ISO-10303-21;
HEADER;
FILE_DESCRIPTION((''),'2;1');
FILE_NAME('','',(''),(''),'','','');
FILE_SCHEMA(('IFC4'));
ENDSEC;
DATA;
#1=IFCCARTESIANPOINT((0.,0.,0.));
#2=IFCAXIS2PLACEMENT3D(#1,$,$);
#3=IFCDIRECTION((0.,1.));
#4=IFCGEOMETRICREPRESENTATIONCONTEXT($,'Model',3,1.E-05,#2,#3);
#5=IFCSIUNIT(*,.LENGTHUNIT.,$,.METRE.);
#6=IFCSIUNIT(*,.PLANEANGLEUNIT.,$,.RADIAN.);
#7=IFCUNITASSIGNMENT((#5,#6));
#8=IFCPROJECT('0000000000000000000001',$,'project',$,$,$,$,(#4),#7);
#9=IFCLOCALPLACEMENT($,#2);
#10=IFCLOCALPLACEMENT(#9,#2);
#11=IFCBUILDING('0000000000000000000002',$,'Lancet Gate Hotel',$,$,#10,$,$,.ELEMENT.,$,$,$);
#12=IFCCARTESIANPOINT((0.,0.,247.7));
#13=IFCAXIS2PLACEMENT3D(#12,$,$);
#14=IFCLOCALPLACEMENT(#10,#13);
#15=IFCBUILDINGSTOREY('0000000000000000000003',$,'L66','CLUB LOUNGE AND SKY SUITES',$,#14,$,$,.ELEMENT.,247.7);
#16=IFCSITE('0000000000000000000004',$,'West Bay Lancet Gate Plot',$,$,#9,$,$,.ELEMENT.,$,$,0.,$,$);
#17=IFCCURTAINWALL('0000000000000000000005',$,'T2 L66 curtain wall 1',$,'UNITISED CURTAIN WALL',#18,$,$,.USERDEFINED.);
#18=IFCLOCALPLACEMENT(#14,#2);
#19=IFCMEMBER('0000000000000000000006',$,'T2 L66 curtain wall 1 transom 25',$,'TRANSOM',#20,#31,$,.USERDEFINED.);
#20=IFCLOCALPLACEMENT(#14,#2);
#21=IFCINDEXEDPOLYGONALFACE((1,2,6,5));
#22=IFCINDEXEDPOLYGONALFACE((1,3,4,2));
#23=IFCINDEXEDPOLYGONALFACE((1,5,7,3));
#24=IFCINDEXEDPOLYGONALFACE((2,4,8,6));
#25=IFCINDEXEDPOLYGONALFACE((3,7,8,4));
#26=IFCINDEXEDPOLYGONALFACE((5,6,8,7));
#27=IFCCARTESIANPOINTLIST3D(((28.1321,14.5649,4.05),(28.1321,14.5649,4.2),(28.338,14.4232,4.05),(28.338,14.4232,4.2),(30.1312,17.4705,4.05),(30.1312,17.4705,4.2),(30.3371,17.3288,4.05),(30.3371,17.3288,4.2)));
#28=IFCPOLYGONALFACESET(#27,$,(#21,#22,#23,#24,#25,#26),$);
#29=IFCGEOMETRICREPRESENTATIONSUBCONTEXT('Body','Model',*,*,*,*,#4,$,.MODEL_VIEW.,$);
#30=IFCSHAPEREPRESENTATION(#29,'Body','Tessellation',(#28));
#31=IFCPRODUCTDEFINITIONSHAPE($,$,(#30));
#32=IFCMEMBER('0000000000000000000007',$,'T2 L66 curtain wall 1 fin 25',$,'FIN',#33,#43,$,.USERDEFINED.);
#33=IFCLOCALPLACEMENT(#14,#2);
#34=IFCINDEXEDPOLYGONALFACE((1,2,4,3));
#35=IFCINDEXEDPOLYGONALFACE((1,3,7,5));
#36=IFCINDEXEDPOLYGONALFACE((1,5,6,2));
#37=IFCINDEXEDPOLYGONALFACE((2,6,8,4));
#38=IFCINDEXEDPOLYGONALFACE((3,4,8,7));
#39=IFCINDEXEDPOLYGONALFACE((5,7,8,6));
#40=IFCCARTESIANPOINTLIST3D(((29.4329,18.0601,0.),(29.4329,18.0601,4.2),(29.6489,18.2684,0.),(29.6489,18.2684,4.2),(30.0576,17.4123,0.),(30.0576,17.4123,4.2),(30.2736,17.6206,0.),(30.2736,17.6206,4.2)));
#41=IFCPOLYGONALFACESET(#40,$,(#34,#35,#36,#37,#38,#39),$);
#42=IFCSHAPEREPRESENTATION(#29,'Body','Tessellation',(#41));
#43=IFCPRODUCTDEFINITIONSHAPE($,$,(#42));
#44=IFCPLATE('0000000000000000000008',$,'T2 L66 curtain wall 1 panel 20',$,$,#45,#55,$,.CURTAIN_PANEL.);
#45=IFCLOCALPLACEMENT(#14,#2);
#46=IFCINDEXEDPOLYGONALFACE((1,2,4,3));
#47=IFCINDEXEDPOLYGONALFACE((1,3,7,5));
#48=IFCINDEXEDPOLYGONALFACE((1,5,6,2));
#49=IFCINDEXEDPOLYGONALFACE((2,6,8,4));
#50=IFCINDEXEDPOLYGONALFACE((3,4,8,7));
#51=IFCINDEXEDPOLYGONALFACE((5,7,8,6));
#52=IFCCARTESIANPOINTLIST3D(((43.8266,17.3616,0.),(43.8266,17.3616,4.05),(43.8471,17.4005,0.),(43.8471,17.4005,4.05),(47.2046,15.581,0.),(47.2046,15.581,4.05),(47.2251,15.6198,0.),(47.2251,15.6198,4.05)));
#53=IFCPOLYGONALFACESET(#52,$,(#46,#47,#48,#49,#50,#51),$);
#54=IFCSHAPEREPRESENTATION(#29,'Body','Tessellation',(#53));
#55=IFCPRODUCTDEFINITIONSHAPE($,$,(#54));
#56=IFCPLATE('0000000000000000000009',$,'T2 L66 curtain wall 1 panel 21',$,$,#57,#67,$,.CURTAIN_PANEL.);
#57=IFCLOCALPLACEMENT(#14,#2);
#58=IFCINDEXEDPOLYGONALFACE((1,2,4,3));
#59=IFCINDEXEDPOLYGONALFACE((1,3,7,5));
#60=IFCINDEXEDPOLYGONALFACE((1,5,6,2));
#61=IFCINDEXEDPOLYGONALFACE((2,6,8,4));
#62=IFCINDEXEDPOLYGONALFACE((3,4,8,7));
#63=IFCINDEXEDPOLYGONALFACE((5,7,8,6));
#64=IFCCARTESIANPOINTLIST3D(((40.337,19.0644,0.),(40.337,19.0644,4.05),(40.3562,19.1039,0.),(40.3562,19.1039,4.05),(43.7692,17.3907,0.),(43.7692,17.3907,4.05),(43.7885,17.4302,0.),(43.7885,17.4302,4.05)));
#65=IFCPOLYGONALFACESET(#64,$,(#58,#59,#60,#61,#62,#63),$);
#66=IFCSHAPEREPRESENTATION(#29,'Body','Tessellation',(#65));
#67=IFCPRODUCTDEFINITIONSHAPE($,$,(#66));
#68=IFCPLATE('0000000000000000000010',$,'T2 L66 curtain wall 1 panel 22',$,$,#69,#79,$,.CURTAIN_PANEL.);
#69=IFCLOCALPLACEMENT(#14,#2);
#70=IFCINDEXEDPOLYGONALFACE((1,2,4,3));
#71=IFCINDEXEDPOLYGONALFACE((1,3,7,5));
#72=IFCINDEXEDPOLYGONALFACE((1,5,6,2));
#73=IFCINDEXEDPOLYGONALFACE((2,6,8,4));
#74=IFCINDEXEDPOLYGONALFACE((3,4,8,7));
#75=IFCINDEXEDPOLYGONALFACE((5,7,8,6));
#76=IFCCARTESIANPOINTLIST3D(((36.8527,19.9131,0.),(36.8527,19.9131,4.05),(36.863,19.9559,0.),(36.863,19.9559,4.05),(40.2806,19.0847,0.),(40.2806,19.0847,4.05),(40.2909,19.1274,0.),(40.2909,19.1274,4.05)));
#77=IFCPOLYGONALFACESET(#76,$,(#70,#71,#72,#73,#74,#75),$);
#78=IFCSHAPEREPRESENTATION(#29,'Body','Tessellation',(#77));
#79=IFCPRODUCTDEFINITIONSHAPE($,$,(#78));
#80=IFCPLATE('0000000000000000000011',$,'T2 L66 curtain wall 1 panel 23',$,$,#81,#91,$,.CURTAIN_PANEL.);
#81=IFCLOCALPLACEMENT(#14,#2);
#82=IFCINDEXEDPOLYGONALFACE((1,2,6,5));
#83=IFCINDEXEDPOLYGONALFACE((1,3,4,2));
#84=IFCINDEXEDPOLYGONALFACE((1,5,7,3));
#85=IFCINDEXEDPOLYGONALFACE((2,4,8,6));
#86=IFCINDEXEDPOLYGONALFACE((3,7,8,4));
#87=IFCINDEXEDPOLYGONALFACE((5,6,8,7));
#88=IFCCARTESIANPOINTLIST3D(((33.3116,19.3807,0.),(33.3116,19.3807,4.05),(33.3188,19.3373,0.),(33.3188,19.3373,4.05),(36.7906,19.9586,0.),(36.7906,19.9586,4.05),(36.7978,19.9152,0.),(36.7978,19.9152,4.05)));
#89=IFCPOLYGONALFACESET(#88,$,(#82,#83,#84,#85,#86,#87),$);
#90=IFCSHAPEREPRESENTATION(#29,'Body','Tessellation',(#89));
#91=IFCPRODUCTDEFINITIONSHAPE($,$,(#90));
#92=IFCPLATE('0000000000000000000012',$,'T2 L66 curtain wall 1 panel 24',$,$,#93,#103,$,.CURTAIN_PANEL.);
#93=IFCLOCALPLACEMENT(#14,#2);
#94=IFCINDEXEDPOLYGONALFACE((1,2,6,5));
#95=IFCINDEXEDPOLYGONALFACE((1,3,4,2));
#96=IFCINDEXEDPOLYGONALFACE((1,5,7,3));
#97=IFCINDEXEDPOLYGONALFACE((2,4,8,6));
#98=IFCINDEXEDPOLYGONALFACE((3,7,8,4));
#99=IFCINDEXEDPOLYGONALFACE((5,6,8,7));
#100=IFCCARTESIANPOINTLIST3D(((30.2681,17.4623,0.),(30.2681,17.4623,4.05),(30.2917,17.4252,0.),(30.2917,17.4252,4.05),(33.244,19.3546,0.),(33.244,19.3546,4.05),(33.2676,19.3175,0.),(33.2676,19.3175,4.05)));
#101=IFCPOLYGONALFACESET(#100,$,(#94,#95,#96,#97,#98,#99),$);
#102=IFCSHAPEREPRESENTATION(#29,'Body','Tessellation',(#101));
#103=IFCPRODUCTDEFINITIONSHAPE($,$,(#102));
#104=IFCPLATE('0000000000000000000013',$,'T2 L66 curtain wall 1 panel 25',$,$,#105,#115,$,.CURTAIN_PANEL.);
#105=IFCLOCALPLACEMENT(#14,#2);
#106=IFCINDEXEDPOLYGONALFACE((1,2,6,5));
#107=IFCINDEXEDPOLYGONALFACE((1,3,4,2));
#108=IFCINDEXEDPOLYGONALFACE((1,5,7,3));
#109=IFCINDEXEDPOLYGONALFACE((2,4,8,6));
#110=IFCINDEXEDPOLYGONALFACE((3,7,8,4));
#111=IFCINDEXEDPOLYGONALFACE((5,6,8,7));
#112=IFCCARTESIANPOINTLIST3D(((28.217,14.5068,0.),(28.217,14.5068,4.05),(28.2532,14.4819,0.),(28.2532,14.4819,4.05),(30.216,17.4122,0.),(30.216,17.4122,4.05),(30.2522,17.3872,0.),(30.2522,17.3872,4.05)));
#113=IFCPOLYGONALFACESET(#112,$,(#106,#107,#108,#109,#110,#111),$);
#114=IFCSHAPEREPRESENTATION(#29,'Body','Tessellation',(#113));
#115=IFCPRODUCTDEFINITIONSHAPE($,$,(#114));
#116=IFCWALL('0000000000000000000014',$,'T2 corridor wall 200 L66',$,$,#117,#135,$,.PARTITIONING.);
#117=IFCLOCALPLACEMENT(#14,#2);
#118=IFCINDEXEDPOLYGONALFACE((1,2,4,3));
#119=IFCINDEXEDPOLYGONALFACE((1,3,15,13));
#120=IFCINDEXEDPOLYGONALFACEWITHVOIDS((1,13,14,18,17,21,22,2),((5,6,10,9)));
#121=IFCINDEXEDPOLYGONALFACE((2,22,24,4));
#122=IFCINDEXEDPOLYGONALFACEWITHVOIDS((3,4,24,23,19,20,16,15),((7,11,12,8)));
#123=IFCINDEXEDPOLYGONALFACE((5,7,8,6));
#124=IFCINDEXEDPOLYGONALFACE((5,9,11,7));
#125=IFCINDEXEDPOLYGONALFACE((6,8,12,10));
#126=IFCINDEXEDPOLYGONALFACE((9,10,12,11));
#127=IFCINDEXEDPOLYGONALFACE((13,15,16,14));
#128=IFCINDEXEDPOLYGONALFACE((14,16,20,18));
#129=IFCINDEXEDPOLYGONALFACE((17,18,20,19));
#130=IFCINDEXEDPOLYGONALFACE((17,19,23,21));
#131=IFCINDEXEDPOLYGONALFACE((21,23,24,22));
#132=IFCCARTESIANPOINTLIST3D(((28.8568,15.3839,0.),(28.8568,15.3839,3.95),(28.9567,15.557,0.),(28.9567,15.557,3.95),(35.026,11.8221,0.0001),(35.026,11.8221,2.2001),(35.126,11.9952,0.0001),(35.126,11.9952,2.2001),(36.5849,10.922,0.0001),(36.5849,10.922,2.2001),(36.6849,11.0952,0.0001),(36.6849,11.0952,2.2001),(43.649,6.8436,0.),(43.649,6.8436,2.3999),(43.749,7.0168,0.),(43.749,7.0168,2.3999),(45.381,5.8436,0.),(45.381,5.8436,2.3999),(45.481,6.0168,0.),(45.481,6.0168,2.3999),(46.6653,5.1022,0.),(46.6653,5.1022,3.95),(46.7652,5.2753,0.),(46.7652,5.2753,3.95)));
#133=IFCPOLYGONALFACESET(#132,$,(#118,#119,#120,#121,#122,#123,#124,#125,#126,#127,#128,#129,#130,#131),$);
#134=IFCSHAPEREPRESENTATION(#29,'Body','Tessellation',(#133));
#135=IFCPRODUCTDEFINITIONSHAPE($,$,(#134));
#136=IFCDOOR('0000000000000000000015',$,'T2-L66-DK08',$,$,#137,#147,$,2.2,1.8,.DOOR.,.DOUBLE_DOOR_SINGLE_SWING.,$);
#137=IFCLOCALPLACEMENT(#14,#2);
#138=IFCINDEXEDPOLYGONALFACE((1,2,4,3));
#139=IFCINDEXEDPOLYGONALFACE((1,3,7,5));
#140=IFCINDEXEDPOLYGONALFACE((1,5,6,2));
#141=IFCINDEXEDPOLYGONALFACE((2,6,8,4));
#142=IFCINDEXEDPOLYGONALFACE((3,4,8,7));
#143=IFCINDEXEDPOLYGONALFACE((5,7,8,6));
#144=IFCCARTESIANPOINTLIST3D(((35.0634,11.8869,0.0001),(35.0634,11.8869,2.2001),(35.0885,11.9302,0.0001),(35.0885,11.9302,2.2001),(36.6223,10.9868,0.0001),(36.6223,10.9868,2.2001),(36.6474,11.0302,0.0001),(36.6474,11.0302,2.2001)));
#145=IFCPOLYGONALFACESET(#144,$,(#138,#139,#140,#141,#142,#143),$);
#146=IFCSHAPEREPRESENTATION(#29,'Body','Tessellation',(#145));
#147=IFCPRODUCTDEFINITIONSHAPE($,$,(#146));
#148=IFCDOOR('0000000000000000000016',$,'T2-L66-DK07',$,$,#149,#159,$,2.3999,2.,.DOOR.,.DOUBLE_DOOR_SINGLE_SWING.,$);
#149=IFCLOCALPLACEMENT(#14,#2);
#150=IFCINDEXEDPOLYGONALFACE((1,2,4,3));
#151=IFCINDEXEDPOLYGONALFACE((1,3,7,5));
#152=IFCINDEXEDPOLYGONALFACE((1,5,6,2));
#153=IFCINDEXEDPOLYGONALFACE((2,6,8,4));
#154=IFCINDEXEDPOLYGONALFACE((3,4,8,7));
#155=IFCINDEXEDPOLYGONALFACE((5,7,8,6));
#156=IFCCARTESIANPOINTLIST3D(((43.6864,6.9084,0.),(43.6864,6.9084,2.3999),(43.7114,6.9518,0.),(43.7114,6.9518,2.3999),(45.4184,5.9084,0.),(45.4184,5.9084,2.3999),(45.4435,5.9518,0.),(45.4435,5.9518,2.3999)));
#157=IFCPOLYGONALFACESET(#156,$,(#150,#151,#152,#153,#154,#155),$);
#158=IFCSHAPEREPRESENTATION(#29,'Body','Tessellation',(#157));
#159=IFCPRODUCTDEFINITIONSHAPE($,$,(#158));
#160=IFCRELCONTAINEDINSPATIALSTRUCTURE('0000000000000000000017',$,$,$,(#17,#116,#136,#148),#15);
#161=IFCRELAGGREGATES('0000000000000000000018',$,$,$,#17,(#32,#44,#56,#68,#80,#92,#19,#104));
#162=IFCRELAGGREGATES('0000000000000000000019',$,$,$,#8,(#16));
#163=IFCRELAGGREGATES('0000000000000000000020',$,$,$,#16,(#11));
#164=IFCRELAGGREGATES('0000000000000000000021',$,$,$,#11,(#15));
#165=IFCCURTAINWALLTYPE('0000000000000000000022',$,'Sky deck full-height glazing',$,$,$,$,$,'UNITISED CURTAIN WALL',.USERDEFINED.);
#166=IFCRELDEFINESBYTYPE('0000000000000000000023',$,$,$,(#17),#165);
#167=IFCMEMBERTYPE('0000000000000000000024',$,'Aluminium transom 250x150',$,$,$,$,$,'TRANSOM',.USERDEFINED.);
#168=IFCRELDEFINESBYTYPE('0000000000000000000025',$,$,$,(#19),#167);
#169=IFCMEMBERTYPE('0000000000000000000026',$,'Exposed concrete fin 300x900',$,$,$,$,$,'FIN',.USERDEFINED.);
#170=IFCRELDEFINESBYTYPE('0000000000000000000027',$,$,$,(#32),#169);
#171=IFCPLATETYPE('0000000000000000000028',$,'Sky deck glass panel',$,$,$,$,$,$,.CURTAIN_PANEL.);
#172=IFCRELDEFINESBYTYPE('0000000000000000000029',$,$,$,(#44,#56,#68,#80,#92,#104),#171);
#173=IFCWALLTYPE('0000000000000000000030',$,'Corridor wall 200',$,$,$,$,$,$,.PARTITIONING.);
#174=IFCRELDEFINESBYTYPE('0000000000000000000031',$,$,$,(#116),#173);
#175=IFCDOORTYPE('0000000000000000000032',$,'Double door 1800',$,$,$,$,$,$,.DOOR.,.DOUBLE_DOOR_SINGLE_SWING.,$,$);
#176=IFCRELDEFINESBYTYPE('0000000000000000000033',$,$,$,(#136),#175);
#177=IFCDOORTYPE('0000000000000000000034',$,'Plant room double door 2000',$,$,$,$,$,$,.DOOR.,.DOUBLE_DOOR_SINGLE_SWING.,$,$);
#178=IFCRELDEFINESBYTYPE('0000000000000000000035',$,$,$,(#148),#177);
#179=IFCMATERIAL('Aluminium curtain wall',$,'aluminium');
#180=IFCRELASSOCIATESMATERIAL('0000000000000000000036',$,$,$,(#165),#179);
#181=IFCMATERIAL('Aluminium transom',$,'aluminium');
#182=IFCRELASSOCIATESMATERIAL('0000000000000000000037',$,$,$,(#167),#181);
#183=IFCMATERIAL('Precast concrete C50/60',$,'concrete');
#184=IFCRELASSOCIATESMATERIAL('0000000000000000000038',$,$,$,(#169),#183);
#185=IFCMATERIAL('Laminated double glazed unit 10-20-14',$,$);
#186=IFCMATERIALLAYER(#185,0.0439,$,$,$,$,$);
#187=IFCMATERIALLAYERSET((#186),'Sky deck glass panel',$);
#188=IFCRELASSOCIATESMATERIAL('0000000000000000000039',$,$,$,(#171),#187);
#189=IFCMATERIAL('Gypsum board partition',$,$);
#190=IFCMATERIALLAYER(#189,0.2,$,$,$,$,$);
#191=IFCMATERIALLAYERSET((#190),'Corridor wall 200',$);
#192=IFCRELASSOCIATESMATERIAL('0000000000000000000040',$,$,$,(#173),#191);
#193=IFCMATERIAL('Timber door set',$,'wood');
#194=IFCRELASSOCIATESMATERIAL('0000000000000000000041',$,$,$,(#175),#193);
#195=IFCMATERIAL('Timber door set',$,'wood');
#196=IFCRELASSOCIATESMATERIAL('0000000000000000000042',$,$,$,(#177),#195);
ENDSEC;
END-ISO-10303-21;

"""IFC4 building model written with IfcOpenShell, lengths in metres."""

from ifc_helpers import new_model, si_unit, direction, frame, frame_2d, origin, origin_2d, place, context, subcontext, project, spatial, rectangle, extrude, material, layer, layer_set, material_profile, profile_set, type_object, element, fill, aggregate, save


model = new_model("IFC4")

# Units and contexts
model_context = context("Model", 3, precision=1e-05, world=origin(), true_north=direction((0.0, 1.0)))
body_context = subcontext(model_context, "Body", "Model", "MODEL_VIEW")
ifc_project = project(units=[si_unit("LENGTHUNIT", "METRE"), si_unit("PLANEANGLEUNIT", "RADIAN")], contexts=[model_context])

# Site, building, storey
site_placement = place(None, origin())
site = spatial("IfcSite", under=ifc_project, at=site_placement, Name="West Bay Lancet Gate Plot", CompositionType="ELEMENT", RefElevation=0.0)
building_placement = place(site_placement, origin())
building = spatial("IfcBuilding", under=site, at=building_placement, Name="Lancet Gate Hotel", CompositionType="ELEMENT")
storey_placement = place(building_placement, frame((0.0, 0.0, 247.7)))
storey = spatial("IfcBuildingStorey", under=building, at=storey_placement, Name="L66", Description="CLUB LOUNGE AND SKY SUITES", CompositionType="ELEMENT", Elevation=247.7)

# Curtain wall, members, plates
ifc_material_1 = material(Name="Aluminium curtain wall", Category="aluminium")
curtain_wall_type = type_object("IfcCurtainWallType", Name="Sky deck full-height glazing", ElementType="UNITISED CURTAIN WALL", PredefinedType="USERDEFINED", material=ifc_material_1)
curtain_wall_placement = place(storey_placement, origin())
curtain_wall = element("IfcCurtainWall", 1, at=curtain_wall_placement, inside=storey, type_object=curtain_wall_type, Name="T2 L66 curtain wall 1", ObjectType="UNITISED CURTAIN WALL", PredefinedType="USERDEFINED")
ifc_material_2 = material(Name="Aluminium transom", Category="aluminium")
ifc_material_profile_1 = material_profile(ifc_material_2, rectangle(XDim=0.25, YDim=0.1499, at=origin_2d()), Name="TRANSOM 250x150")
ifc_profile_set_1 = profile_set([ifc_material_profile_1], Name="Aluminium transom")
member_type_1 = type_object("IfcMemberType", Name="Aluminium transom 250x150", ElementType="TRANSOM", PredefinedType="USERDEFINED", material=ifc_profile_set_1)
member_1_placement = place(storey_placement, frame((30.2341, 17.3997, 4.125), z_axis=(-0.566814, -0.823846, 0.0), x_axis=(0.823846, -0.566814, 0.0)))
member_1 = element("IfcMember", 2, at=member_1_placement, type_object=member_type_1, Name="T2 L66 curtain wall 1 transom 25", ObjectType="TRANSOM", PredefinedType="USERDEFINED", context=body_context, shape_type="SweptSolid", body=[
    extrude(rectangle(XDim=0.25, YDim=0.1499, at=origin_2d()), origin(), (0.0, 0.0, 1.0), 3.5269),
])
ifc_material_3 = material(Name="Precast concrete C50/60", Category="concrete")
ifc_material_profile_2 = material_profile(ifc_material_3, rectangle(XDim=0.3, YDim=0.8999, at=origin_2d()), Name="FIN 300x900")
ifc_profile_set_2 = profile_set([ifc_material_profile_2], Name="Precast concrete C50/60")
member_type_2 = type_object("IfcMemberType", Name="Exposed concrete fin 300x900", ElementType="FIN", PredefinedType="USERDEFINED", material=ifc_profile_set_2)
member_2_placement = place(storey_placement, frame((29.8533, 17.8403, 0.0), z_axis=(0.0, 0.0, 1.0), x_axis=(-0.719809, -0.694172, 0.0)))
member_2 = element("IfcMember", 3, at=member_2_placement, type_object=member_type_2, Name="T2 L66 curtain wall 1 fin 25", ObjectType="FIN", PredefinedType="USERDEFINED", context=body_context, shape_type="SweptSolid", body=[
    extrude(rectangle(XDim=0.3, YDim=0.8999, at=origin_2d()), origin(), (0.0, 0.0, 1.0), 4.2),
])
ifc_material_4 = material(Name="Laminated double glazed unit 10-20-14")
ifc_layer_1 = layer(ifc_material_4, 0.0439)
ifc_layer_set_1 = layer_set([ifc_layer_1], Name="Sky deck glass panel")
plate_type = type_object("IfcPlateType", Name="Sky deck glass panel", PredefinedType="CURTAIN_PANEL", material=ifc_layer_set_1)
plate_1_placement = place(storey_placement, frame((45.5259, 16.4907, 0.0), z_axis=(0.0, 0.0, 1.0), x_axis=(-0.884623, 0.466307, 0.0)))
plate_1 = element("IfcPlate", 4, at=plate_1_placement, type_object=plate_type, Name="T2 L66 curtain wall 1 panel 20", PredefinedType="CURTAIN_PANEL", context=body_context, shape_type="SweptSolid", body=[
    extrude(rectangle(XDim=3.8186, YDim=0.0439, at=origin_2d()), origin(), (0.0, 0.0, 1.0), 4.05),
])
plate_2_placement = place(storey_placement, frame((42.0627, 18.2473, 0.0), z_axis=(0.0, 0.0, 1.0), x_axis=(-0.898823, 0.438311, 0.0)))
plate_2 = element("IfcPlate", 5, at=plate_2_placement, type_object=plate_type, Name="T2 L66 curtain wall 1 panel 21", PredefinedType="CURTAIN_PANEL", context=body_context, shape_type="SweptSolid", body=[
    extrude(rectangle(XDim=3.8186, YDim=0.0439, at=origin_2d()), origin(), (0.0, 0.0, 1.0), 4.05),
])
plate_3_placement = place(storey_placement, frame((38.5718, 19.5203, 0.0), z_axis=(0.0, 0.0, 1.0), x_axis=(-0.972014, 0.234924, 0.0)))
plate_3 = element("IfcPlate", 6, at=plate_3_placement, type_object=plate_type, Name="T2 L66 curtain wall 1 panel 22", PredefinedType="CURTAIN_PANEL", context=body_context, shape_type="SweptSolid", body=[
    extrude(rectangle(XDim=3.5266, YDim=0.0439, at=origin_2d()), origin(), (0.0, 0.0, 1.0), 4.05),
])
plate_4_placement = place(storey_placement, frame((35.0547, 19.6479, 0.0), z_axis=(0.0, 0.0, 1.0), x_axis=(-0.98648, -0.163881, 0.0)))
plate_4 = element("IfcPlate", 7, at=plate_4_placement, type_object=plate_type, Name="T2 L66 curtain wall 1 panel 23", PredefinedType="CURTAIN_PANEL", context=body_context, shape_type="SweptSolid", body=[
    extrude(rectangle(XDim=3.5266, YDim=0.0439, at=origin_2d()), origin(), (0.0, 0.0, 1.0), 4.05),
])
plate_5_placement = place(storey_placement, frame((31.7678, 18.3899, 0.0), z_axis=(0.0, 0.0, 1.0), x_axis=(-0.843845, -0.536587, 0.0)))
plate_5 = element("IfcPlate", 8, at=plate_5_placement, type_object=plate_type, Name="T2 L66 curtain wall 1 panel 24", PredefinedType="CURTAIN_PANEL", context=body_context, shape_type="SweptSolid", body=[
    extrude(rectangle(XDim=3.5266, YDim=0.0439, at=origin_2d()), origin(), (0.0, 0.0, 1.0), 4.05),
])
plate_6_placement = place(storey_placement, frame((29.2346, 15.947, 0.0), z_axis=(0.0, 0.0, 1.0), x_axis=(-0.566824, -0.823839, 0.0)))
plate_6 = element("IfcPlate", 9, at=plate_6_placement, type_object=plate_type, Name="T2 L66 curtain wall 1 panel 25", PredefinedType="CURTAIN_PANEL", context=body_context, shape_type="SweptSolid", body=[
    extrude(rectangle(XDim=3.5266, YDim=0.0439, at=origin_2d()), origin(), (0.0, 0.0, 1.0), 4.05),
])
aggregate(curtain_wall, [member_2, plate_1, plate_2, plate_3, plate_4, plate_5, member_1, plate_6])

# Wall, openings, doors
ifc_material_5 = material(Name="Gypsum board partition")
ifc_layer_2 = layer(ifc_material_5, 0.2)
ifc_layer_set_2 = layer_set([ifc_layer_2], Name="Corridor wall 200")
wall_type = type_object("IfcWallType", Name="Corridor wall 200", PredefinedType="PARTITIONING", material=ifc_layer_set_2)
wall_placement = place(storey_placement, frame((28.9067, 15.4705, 0.0), z_axis=(0.0, 0.0, 1.0), x_axis=(0.866027, -0.499998, 0.0)))
wall = element("IfcWall", 10, at=wall_placement, inside=storey, type_object=wall_type, Name="T2 corridor wall 200 L66", PredefinedType="PARTITIONING", context=body_context, shape_type="SweptSolid", body=[
    extrude(rectangle(XDim=20.5635, YDim=0.2, at=frame_2d((10.2817, 0.0))), origin(), (0.0, 0.0, 1.0), 3.95),
])
opening_1_placement = place(wall_placement, frame((17.0806, 0.0, 0.0)))
opening_1 = element("IfcOpeningElement", 11, at=opening_1_placement, cuts=wall, PredefinedType="OPENING", context=body_context, shape_type="SweptSolid", body=[
    extrude(rectangle(XDim=2.0, YDim=2.3999, at=frame_2d((1.0, 1.2))), frame((0.0, 0.1099, 0.0), z_axis=(0.0, -1.0, 0.0), x_axis=(1.0, 0.0, 0.0)), (0.0, 0.0, 1.0), 0.22),
])
opening_2_placement = place(wall_placement, frame((7.1238, 0.0, 0.0)))
opening_2 = element("IfcOpeningElement", 12, at=opening_2_placement, cuts=wall, PredefinedType="OPENING", context=body_context, shape_type="SweptSolid", body=[
    extrude(rectangle(XDim=1.8, YDim=2.2, at=frame_2d((0.8999, 1.1001))), frame((0.0, 0.1099, 0.0), z_axis=(0.0, -1.0, 0.0), x_axis=(1.0, 0.0, 0.0)), (0.0, 0.0, 1.0), 0.22),
])
ifc_material_6 = material(Name="Timber door set", Category="wood")
door_type_1 = type_object("IfcDoorType", Name="Double door 1800", OperationType="DOUBLE_DOOR_SINGLE_SWING", PredefinedType="DOOR", material=ifc_material_6)
door_1_placement = place(opening_2_placement, origin())
door_1 = element("IfcDoor", 13, at=door_1_placement, inside=storey, type_object=door_type_1, Name="T2-L66-DK08", OperationType="DOUBLE_DOOR_SINGLE_SWING", OverallHeight=2.2, OverallWidth=1.8, PredefinedType="DOOR", context=body_context, shape_type="SweptSolid", body=[
    extrude(rectangle(XDim=1.8, YDim=2.2, at=frame_2d((0.8999, 1.1001))), frame((0.0, 0.0249, 0.0), z_axis=(0.0, -1.0, 0.0), x_axis=(1.0, 0.0, 0.0)), (0.0, 0.0, 1.0), 0.05),
])
fill(opening_2, door_1)
ifc_material_7 = material(Name="Timber door set", Category="wood")
door_type_2 = type_object("IfcDoorType", Name="Plant room double door 2000", OperationType="DOUBLE_DOOR_SINGLE_SWING", PredefinedType="DOOR", material=ifc_material_7)
door_2_placement = place(opening_1_placement, origin())
door_2 = element("IfcDoor", 14, at=door_2_placement, inside=storey, type_object=door_type_2, Name="T2-L66-DK07", OperationType="DOUBLE_DOOR_SINGLE_SWING", OverallHeight=2.3999, OverallWidth=2.0, PredefinedType="DOOR", context=body_context, shape_type="SweptSolid", body=[
    extrude(rectangle(XDim=2.0, YDim=2.3999, at=frame_2d((1.0, 1.2))), frame((0.0, 0.0249, 0.0), z_axis=(0.0, -1.0, 0.0), x_axis=(1.0, 0.0, 0.0)), (0.0, 0.0, 1.0), 0.05),
])
fill(opening_1, door_2)

save(model, "model.ifc")
